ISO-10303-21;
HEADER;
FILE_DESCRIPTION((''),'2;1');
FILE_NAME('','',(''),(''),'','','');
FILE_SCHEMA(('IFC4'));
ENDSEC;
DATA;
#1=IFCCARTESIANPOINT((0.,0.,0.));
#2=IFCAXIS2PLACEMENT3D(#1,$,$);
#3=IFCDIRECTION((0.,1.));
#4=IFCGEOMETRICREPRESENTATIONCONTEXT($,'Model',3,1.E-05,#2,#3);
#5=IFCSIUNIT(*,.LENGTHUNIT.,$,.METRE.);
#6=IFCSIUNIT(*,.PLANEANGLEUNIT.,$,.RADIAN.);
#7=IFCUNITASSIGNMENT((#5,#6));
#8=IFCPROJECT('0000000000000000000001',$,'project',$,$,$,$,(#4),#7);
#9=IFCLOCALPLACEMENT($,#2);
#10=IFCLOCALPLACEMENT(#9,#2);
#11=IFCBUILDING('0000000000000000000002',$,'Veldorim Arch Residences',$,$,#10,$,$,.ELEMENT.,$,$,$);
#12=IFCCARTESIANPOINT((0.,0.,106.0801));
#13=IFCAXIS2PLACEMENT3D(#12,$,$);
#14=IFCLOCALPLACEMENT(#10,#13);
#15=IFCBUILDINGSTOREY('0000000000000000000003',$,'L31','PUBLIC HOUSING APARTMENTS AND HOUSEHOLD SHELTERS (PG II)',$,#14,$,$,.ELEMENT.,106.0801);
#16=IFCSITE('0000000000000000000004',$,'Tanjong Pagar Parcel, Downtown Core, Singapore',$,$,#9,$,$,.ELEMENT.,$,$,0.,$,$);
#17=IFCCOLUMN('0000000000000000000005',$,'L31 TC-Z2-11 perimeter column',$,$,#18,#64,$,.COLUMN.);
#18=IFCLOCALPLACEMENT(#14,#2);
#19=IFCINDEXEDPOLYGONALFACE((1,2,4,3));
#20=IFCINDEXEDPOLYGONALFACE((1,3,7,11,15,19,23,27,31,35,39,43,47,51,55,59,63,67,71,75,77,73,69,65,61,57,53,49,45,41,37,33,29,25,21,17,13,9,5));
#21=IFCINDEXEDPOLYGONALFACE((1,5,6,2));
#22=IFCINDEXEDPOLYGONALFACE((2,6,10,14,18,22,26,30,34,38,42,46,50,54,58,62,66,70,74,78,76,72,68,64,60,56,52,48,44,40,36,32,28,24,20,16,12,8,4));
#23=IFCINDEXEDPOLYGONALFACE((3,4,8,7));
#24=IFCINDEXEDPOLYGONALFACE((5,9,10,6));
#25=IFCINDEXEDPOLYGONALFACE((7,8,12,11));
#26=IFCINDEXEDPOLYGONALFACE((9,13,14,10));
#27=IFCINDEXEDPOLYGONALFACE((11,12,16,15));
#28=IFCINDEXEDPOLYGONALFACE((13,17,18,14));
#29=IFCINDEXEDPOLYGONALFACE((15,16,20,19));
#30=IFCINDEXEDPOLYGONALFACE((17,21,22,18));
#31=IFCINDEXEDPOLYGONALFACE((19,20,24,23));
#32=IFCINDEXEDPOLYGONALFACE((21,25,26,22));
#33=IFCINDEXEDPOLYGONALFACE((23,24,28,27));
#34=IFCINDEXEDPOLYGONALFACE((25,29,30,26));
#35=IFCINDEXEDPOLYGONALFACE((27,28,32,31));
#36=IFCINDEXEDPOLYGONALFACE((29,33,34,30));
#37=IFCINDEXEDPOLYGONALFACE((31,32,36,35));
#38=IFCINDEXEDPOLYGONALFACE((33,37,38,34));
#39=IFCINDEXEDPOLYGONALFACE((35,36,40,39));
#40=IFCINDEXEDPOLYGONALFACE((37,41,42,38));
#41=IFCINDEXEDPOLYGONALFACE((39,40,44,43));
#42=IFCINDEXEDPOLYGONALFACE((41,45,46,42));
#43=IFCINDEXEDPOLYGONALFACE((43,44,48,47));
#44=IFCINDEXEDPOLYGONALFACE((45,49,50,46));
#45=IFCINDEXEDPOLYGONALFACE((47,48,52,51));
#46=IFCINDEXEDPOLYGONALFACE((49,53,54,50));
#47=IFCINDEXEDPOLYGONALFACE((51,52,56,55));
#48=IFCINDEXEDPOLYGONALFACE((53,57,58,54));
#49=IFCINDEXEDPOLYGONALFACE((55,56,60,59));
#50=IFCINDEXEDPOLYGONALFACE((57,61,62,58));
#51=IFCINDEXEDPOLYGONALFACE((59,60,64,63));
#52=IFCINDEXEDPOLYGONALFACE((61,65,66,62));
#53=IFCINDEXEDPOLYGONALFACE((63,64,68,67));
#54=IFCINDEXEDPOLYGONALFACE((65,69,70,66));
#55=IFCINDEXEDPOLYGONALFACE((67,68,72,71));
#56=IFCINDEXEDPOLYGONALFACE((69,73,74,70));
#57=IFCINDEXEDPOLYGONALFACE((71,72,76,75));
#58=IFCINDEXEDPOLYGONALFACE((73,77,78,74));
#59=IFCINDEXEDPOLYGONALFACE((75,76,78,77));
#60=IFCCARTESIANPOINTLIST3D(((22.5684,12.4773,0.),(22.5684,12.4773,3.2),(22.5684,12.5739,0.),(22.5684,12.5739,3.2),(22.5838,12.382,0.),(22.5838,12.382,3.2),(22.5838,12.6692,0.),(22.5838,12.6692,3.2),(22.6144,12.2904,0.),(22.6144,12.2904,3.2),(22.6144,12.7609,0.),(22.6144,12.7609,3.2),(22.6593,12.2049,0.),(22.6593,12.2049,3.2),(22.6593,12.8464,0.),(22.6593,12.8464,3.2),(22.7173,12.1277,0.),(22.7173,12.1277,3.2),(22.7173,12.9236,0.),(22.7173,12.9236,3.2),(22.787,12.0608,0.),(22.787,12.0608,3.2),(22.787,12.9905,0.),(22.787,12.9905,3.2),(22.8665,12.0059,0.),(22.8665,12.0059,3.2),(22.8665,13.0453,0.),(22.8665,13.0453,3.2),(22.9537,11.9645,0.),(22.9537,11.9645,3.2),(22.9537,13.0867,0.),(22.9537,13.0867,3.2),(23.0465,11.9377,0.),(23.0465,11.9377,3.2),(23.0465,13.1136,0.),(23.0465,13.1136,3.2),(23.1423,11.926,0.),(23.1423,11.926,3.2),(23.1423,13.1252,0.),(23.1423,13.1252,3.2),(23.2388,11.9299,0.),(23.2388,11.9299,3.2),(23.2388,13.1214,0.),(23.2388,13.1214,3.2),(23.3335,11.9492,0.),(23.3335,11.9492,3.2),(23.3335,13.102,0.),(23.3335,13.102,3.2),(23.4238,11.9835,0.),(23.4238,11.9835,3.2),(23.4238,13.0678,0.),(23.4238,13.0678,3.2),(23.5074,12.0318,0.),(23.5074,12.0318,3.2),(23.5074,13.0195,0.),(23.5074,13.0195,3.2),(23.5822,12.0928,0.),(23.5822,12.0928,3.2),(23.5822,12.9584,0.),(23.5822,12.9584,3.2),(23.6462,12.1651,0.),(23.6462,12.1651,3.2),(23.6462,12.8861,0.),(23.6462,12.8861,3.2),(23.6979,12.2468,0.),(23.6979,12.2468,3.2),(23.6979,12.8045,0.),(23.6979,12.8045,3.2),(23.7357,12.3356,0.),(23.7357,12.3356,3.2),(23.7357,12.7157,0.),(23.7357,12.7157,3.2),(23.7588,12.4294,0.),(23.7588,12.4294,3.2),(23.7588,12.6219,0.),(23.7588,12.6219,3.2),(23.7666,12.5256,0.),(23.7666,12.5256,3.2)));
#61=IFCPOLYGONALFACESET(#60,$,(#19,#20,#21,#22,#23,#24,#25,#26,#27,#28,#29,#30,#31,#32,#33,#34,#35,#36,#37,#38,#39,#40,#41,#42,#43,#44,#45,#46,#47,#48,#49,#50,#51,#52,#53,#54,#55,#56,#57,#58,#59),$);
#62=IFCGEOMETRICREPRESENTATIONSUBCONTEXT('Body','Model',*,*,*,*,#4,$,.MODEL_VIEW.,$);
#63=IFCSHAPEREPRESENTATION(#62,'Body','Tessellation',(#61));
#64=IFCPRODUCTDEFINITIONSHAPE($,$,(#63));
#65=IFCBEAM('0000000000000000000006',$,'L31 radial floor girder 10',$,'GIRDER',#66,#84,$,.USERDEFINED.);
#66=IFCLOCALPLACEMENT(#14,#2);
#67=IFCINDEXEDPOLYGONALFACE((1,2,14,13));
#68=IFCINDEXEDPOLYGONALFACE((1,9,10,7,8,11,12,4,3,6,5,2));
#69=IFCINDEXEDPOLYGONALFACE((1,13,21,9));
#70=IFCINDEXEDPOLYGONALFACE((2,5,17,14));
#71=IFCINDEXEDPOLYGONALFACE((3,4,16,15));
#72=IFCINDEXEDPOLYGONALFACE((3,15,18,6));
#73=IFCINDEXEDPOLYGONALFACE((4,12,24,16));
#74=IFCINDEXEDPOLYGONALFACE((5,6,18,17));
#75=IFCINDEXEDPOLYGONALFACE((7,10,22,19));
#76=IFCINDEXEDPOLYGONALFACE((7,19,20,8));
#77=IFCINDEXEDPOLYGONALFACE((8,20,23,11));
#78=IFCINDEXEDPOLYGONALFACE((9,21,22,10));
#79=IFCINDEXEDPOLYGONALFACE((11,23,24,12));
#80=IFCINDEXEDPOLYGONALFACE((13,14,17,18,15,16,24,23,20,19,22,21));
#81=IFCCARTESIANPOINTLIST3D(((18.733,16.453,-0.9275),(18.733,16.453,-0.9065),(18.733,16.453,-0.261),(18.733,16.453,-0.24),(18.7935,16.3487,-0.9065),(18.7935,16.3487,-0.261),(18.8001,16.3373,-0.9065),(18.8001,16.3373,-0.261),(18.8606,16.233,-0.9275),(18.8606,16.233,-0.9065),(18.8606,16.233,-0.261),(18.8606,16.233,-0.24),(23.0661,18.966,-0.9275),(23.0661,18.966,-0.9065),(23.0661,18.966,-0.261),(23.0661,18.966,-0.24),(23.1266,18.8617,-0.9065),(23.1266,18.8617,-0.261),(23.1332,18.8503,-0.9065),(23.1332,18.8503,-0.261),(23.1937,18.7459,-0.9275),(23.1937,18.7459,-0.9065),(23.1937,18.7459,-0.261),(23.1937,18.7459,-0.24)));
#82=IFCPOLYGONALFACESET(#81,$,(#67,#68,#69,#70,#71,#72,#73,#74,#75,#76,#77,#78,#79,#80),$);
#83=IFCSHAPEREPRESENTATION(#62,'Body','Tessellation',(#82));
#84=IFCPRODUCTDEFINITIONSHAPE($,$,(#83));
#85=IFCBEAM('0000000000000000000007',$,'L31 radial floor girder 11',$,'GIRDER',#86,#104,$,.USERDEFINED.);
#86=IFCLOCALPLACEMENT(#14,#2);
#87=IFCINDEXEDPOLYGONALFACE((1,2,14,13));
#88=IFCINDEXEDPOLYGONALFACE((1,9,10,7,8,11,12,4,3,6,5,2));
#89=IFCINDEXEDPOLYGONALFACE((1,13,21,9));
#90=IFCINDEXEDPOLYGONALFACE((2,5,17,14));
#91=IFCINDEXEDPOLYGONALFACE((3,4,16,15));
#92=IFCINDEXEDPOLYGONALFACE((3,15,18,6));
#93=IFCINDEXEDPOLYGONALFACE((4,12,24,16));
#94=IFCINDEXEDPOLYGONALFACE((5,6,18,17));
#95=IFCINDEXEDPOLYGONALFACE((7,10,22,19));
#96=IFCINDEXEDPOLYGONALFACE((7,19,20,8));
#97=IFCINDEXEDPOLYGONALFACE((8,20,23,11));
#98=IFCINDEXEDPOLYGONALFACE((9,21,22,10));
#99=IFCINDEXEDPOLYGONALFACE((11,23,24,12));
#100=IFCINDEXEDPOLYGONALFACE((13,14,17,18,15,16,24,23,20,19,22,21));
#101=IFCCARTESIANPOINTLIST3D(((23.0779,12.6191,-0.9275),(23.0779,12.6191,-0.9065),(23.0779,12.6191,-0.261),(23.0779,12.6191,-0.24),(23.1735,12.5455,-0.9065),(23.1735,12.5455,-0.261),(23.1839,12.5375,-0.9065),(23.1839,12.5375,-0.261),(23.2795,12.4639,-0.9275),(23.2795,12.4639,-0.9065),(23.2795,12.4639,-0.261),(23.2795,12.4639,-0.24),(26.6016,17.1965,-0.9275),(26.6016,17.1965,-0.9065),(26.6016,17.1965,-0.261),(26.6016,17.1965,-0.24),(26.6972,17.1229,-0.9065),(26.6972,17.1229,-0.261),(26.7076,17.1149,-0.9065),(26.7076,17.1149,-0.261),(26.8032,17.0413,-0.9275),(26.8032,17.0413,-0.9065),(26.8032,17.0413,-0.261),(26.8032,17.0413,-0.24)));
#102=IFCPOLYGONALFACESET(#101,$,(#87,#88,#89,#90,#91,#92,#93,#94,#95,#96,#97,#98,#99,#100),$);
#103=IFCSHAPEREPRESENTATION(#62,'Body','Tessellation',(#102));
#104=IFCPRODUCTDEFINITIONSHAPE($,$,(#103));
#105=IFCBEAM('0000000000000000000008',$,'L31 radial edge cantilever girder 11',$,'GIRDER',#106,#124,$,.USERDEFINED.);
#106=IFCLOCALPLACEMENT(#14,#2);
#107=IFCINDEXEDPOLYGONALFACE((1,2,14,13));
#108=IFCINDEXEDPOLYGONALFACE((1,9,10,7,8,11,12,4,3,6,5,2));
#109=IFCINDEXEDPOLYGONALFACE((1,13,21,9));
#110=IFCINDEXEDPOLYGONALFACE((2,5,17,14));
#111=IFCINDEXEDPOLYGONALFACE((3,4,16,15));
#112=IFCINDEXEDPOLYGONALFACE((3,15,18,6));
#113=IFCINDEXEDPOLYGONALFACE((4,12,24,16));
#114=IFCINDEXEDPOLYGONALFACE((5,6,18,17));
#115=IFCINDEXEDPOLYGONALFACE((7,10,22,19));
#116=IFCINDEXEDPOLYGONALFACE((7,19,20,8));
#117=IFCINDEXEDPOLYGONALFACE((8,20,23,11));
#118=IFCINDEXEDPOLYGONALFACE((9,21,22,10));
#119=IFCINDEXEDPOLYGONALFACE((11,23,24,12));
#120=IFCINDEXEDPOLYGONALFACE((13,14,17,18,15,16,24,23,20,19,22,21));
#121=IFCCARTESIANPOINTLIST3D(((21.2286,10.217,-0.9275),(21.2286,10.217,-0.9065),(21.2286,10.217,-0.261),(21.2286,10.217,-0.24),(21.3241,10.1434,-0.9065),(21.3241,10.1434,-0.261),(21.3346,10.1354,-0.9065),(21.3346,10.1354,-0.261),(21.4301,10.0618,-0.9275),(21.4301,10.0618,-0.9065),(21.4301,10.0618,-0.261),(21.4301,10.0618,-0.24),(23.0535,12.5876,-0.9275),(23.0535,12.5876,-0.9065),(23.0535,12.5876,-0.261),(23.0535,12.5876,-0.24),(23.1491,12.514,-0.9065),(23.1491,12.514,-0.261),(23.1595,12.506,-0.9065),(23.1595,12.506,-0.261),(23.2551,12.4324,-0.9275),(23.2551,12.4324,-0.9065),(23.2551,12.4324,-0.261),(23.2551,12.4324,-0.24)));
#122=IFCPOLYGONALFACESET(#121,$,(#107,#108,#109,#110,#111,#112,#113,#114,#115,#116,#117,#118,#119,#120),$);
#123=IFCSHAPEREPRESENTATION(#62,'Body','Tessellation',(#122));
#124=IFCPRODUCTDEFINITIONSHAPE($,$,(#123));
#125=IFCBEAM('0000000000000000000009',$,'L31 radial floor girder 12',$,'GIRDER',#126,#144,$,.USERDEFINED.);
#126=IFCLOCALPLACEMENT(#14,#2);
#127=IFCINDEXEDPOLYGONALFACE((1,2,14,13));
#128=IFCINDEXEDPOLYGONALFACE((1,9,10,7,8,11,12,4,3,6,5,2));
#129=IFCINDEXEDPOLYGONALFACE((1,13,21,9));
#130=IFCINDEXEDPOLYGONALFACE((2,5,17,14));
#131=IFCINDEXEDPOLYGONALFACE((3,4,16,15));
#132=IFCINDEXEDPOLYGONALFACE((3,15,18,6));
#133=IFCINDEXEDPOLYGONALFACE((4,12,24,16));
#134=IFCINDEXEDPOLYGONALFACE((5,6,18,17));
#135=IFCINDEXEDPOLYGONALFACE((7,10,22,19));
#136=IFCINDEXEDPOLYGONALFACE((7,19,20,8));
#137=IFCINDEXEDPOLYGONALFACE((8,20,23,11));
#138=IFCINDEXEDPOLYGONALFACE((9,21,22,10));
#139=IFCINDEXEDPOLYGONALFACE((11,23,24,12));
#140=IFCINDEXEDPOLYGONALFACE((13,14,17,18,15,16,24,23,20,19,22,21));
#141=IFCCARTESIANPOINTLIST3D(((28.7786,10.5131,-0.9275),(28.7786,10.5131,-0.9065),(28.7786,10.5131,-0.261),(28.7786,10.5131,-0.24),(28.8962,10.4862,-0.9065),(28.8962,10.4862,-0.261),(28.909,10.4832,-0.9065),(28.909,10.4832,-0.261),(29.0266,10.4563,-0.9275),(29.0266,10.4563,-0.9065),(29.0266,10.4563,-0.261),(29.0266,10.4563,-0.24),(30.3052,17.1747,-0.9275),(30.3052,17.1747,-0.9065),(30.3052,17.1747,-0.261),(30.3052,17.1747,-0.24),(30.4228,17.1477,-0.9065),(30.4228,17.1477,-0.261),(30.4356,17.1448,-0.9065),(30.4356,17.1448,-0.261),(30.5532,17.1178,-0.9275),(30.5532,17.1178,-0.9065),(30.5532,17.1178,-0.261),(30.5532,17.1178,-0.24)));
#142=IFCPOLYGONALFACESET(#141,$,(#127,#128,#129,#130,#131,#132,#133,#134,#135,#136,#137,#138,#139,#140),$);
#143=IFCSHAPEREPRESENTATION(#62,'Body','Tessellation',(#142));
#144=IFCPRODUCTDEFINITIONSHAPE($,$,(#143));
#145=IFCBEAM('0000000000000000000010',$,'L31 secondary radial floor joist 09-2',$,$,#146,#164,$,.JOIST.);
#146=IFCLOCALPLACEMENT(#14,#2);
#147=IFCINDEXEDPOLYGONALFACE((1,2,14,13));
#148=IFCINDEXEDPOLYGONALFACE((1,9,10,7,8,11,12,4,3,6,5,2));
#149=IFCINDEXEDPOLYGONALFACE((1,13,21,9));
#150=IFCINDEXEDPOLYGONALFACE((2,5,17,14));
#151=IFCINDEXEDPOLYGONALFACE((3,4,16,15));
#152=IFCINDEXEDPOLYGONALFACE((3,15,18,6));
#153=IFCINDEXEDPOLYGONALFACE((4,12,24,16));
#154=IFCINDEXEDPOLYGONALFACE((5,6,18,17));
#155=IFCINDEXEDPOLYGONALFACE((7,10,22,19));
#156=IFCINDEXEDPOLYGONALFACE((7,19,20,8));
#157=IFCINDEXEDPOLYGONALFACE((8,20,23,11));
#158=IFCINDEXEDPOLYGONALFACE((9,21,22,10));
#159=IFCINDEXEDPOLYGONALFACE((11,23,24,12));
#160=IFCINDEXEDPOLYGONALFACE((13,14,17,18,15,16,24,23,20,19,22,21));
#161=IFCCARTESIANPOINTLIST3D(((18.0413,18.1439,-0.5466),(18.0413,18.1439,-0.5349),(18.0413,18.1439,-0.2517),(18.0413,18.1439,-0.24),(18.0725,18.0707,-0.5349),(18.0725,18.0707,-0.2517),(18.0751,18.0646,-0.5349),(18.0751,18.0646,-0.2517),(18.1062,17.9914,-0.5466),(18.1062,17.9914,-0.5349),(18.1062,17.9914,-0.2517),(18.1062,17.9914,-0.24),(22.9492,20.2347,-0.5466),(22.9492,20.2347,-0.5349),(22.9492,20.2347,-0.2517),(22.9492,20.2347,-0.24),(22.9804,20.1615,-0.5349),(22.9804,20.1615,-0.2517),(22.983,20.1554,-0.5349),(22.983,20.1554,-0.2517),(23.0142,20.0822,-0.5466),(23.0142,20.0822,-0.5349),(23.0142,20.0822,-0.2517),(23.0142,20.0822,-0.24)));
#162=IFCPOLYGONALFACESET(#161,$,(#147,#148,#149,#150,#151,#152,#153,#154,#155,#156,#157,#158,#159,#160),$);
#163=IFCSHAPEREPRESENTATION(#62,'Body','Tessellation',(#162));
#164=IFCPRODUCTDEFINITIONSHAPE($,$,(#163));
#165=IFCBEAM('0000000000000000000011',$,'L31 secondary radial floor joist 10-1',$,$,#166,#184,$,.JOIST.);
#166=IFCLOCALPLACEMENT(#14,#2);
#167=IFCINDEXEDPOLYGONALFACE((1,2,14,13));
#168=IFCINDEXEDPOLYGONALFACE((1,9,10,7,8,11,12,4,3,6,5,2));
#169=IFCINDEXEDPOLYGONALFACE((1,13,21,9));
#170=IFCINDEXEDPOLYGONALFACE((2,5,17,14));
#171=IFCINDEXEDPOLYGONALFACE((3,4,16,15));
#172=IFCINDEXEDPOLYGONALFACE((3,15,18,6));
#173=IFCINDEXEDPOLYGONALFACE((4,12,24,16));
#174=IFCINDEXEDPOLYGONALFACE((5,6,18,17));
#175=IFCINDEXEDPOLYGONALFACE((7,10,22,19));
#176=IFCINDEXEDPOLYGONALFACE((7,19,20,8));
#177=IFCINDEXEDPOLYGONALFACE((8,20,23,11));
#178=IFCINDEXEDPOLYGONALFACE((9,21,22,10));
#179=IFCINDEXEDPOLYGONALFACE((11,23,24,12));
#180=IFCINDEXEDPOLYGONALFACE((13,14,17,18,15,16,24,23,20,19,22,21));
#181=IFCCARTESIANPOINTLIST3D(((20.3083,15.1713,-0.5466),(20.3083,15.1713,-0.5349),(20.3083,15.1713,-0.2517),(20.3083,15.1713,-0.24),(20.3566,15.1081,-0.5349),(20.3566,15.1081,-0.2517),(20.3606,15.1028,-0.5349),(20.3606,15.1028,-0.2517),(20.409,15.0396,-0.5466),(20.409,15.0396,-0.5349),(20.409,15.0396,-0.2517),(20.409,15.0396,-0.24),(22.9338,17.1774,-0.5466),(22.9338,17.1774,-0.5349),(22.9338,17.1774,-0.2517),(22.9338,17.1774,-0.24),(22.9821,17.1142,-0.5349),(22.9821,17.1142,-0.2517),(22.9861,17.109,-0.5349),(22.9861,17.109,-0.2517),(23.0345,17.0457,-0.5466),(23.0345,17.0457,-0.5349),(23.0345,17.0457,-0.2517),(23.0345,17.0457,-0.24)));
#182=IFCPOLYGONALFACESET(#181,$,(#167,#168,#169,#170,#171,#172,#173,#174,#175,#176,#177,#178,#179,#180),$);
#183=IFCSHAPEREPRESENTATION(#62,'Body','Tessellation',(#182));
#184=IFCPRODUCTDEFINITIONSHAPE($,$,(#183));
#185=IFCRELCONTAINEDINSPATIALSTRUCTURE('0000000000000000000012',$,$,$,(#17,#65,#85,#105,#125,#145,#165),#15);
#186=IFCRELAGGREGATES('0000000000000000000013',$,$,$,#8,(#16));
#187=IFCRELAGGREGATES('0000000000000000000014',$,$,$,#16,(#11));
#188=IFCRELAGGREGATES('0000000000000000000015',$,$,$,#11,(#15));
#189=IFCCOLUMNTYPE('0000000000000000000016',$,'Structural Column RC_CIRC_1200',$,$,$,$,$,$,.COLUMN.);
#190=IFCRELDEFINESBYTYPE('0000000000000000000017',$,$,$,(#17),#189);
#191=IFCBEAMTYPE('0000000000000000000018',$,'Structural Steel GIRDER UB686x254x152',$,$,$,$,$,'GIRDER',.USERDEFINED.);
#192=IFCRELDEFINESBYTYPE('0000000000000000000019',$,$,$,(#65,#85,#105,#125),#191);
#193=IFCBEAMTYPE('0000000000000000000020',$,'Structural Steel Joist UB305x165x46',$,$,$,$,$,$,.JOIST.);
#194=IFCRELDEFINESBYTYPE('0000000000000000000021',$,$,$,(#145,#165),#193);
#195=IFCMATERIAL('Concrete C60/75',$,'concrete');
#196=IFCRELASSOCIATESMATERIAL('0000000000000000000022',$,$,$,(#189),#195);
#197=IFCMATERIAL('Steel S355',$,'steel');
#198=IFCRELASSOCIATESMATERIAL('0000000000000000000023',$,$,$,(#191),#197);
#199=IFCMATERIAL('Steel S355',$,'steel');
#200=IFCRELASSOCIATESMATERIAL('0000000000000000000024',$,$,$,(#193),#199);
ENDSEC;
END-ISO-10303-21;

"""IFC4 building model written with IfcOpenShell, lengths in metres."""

from ifc_helpers import new_model, si_unit, direction, frame, origin, origin_2d, place, context, subcontext, project, spatial, circle, i_section, extrude, material, material_profile, profile_set, type_object, element, save


model = new_model("IFC4")

# Units and contexts
model_context = context("Model", 3, precision=1e-05, world=origin(), true_north=direction((0.0, 1.0)))
body_context = subcontext(model_context, "Body", "Model", "MODEL_VIEW")
ifc_project = project(units=[si_unit("LENGTHUNIT", "METRE"), si_unit("PLANEANGLEUNIT", "RADIAN")], contexts=[model_context])

# Site, building, storey
site_placement = place(None, origin())
site = spatial("IfcSite", under=ifc_project, at=site_placement, Name="Tanjong Pagar Parcel, Downtown Core, Singapore", CompositionType="ELEMENT", RefElevation=0.0)
building_placement = place(site_placement, origin())
building = spatial("IfcBuilding", under=site, at=building_placement, Name="Veldorim Arch Residences", CompositionType="ELEMENT")
storey_placement = place(building_placement, frame((0.0, 0.0, 106.0801)))
storey = spatial("IfcBuildingStorey", under=building, at=storey_placement, Name="L31", Description="PUBLIC HOUSING APARTMENTS AND HOUSEHOLD SHELTERS (PG II)", CompositionType="ELEMENT", Elevation=106.0801)

# Column
ifc_material_1 = material(Name="Concrete C60/75", Category="concrete")
ifc_material_profile_1 = material_profile(ifc_material_1, circle(Radius=0.6001, at=origin_2d()), Name="RC_CIRC_1200")
ifc_profile_set_1 = profile_set([ifc_material_profile_1], Name="Concrete C60/75")
column_type = type_object("IfcColumnType", Name="Structural Column RC_CIRC_1200", PredefinedType="COLUMN", material=ifc_profile_set_1)
column_placement = place(storey_placement, frame((23.1665, 12.5256, 0.0), z_axis=(0.0, 0.0, 1.0), x_axis=(1.0, 0.0, 0.0)))
element("IfcColumn", 1, at=column_placement, inside=storey, type_object=column_type, Name="L31 TC-Z2-11 perimeter column", PredefinedType="COLUMN", context=body_context, shape_type="SweptSolid", body=[
    extrude(circle(Radius=0.6001, at=origin_2d()), origin(), (0.0, 0.0, 1.0), 3.2),
])

# Beams
ifc_material_2 = material(Name="Steel S355", Category="steel")
ifc_material_profile_2 = material_profile(ifc_material_2, i_section(OverallWidth=0.2544, OverallDepth=0.6875, WebThickness=0.0132, FlangeThickness=0.021, at=origin_2d()), Name="UB686x254x152")
ifc_profile_set_2 = profile_set([ifc_material_profile_2], Name="Steel S355")
beam_type_1 = type_object("IfcBeamType", Name="Structural Steel GIRDER UB686x254x152", ElementType="GIRDER", PredefinedType="USERDEFINED", material=ifc_profile_set_2)
beam_1_placement = place(storey_placement, frame((23.1299, 18.856, -0.5837), z_axis=(-0.865049, -0.501687, 0.0), x_axis=(0.501687, -0.865049, 0.0)))
element("IfcBeam", 2, at=beam_1_placement, inside=storey, type_object=beam_type_1, Name="L31 radial floor girder 10", ObjectType="GIRDER", PredefinedType="USERDEFINED", context=body_context, shape_type="SweptSolid", body=[
    extrude(i_section(OverallWidth=0.2544, OverallDepth=0.6875, WebThickness=0.0132, FlangeThickness=0.021, at=origin_2d()), origin(), (0.0, 0.0, 1.0), 5.009),
])
beam_2_placement = place(storey_placement, frame((26.7024, 17.1189, -0.5837), z_axis=(-0.609995, -0.792406, 0.0), x_axis=(0.792406, -0.609995, 0.0)))
element("IfcBeam", 3, at=beam_2_placement, inside=storey, type_object=beam_type_1, Name="L31 radial floor girder 11", ObjectType="GIRDER", PredefinedType="USERDEFINED", context=body_context, shape_type="SweptSolid", body=[
    extrude(i_section(OverallWidth=0.2544, OverallDepth=0.6875, WebThickness=0.0132, FlangeThickness=0.021, at=origin_2d()), origin(), (0.0, 0.0, 1.0), 5.7766),
])
beam_3_placement = place(storey_placement, frame((23.1543, 12.51, -0.5837), z_axis=(-0.610007, -0.792396, 0.0), x_axis=(0.792396, -0.610007, 0.0)))
element("IfcBeam", 4, at=beam_3_placement, inside=storey, type_object=beam_type_1, Name="L31 radial edge cantilever girder 11", ObjectType="GIRDER", PredefinedType="USERDEFINED", context=body_context, shape_type="SweptSolid", body=[
    extrude(i_section(OverallWidth=0.2544, OverallDepth=0.6875, WebThickness=0.0132, FlangeThickness=0.021, at=origin_2d()), origin(), (0.0, 0.0, 1.0), 2.9917),
])
beam_4_placement = place(storey_placement, frame((30.4292, 17.1462, -0.5837), z_axis=(-0.223375, -0.974733, 0.0), x_axis=(0.974733, -0.223375, 0.0)))
element("IfcBeam", 5, at=beam_4_placement, inside=storey, type_object=beam_type_1, Name="L31 radial floor girder 12", ObjectType="GIRDER", PredefinedType="USERDEFINED", context=body_context, shape_type="SweptSolid", body=[
    extrude(i_section(OverallWidth=0.2544, OverallDepth=0.6875, WebThickness=0.0132, FlangeThickness=0.021, at=origin_2d()), origin(), (0.0, 0.0, 1.0), 6.8342),
])
ifc_material_3 = material(Name="Steel S355", Category="steel")
ifc_material_profile_3 = material_profile(ifc_material_3, i_section(OverallWidth=0.1658, OverallDepth=0.3066, WebThickness=0.0066, FlangeThickness=0.0117, at=origin_2d()), Name="UB305x165x46")
ifc_profile_set_3 = profile_set([ifc_material_profile_3], Name="Steel S355")
beam_type_2 = type_object("IfcBeamType", Name="Structural Steel Joist UB305x165x46", PredefinedType="JOIST", material=ifc_profile_set_3)
beam_5_placement = place(storey_placement, frame((22.9817, 20.1584, -0.3933), z_axis=(-0.919997, -0.391924, 0.0), x_axis=(0.391924, -0.919997, 0.0)))
element("IfcBeam", 6, at=beam_5_placement, inside=storey, type_object=beam_type_2, Name="L31 secondary radial floor joist 09-2", PredefinedType="JOIST", context=body_context, shape_type="SweptSolid", body=[
    extrude(i_section(OverallWidth=0.1658, OverallDepth=0.3066, WebThickness=0.0066, FlangeThickness=0.0117, at=origin_2d()), origin(), (0.0, 0.0, 1.0), 5.3347),
])
beam_6_placement = place(storey_placement, frame((22.9841, 17.1116, -0.3933), z_axis=(-0.794595, -0.60714, 0.0), x_axis=(0.60714, -0.794595, 0.0)))
element("IfcBeam", 7, at=beam_6_placement, inside=storey, type_object=beam_type_2, Name="L31 secondary radial floor joist 10-1", PredefinedType="JOIST", context=body_context, shape_type="SweptSolid", body=[
    extrude(i_section(OverallWidth=0.1658, OverallDepth=0.3066, WebThickness=0.0066, FlangeThickness=0.0117, at=origin_2d()), origin(), (0.0, 0.0, 1.0), 3.3042),
])

save(model, "model.ifc")
